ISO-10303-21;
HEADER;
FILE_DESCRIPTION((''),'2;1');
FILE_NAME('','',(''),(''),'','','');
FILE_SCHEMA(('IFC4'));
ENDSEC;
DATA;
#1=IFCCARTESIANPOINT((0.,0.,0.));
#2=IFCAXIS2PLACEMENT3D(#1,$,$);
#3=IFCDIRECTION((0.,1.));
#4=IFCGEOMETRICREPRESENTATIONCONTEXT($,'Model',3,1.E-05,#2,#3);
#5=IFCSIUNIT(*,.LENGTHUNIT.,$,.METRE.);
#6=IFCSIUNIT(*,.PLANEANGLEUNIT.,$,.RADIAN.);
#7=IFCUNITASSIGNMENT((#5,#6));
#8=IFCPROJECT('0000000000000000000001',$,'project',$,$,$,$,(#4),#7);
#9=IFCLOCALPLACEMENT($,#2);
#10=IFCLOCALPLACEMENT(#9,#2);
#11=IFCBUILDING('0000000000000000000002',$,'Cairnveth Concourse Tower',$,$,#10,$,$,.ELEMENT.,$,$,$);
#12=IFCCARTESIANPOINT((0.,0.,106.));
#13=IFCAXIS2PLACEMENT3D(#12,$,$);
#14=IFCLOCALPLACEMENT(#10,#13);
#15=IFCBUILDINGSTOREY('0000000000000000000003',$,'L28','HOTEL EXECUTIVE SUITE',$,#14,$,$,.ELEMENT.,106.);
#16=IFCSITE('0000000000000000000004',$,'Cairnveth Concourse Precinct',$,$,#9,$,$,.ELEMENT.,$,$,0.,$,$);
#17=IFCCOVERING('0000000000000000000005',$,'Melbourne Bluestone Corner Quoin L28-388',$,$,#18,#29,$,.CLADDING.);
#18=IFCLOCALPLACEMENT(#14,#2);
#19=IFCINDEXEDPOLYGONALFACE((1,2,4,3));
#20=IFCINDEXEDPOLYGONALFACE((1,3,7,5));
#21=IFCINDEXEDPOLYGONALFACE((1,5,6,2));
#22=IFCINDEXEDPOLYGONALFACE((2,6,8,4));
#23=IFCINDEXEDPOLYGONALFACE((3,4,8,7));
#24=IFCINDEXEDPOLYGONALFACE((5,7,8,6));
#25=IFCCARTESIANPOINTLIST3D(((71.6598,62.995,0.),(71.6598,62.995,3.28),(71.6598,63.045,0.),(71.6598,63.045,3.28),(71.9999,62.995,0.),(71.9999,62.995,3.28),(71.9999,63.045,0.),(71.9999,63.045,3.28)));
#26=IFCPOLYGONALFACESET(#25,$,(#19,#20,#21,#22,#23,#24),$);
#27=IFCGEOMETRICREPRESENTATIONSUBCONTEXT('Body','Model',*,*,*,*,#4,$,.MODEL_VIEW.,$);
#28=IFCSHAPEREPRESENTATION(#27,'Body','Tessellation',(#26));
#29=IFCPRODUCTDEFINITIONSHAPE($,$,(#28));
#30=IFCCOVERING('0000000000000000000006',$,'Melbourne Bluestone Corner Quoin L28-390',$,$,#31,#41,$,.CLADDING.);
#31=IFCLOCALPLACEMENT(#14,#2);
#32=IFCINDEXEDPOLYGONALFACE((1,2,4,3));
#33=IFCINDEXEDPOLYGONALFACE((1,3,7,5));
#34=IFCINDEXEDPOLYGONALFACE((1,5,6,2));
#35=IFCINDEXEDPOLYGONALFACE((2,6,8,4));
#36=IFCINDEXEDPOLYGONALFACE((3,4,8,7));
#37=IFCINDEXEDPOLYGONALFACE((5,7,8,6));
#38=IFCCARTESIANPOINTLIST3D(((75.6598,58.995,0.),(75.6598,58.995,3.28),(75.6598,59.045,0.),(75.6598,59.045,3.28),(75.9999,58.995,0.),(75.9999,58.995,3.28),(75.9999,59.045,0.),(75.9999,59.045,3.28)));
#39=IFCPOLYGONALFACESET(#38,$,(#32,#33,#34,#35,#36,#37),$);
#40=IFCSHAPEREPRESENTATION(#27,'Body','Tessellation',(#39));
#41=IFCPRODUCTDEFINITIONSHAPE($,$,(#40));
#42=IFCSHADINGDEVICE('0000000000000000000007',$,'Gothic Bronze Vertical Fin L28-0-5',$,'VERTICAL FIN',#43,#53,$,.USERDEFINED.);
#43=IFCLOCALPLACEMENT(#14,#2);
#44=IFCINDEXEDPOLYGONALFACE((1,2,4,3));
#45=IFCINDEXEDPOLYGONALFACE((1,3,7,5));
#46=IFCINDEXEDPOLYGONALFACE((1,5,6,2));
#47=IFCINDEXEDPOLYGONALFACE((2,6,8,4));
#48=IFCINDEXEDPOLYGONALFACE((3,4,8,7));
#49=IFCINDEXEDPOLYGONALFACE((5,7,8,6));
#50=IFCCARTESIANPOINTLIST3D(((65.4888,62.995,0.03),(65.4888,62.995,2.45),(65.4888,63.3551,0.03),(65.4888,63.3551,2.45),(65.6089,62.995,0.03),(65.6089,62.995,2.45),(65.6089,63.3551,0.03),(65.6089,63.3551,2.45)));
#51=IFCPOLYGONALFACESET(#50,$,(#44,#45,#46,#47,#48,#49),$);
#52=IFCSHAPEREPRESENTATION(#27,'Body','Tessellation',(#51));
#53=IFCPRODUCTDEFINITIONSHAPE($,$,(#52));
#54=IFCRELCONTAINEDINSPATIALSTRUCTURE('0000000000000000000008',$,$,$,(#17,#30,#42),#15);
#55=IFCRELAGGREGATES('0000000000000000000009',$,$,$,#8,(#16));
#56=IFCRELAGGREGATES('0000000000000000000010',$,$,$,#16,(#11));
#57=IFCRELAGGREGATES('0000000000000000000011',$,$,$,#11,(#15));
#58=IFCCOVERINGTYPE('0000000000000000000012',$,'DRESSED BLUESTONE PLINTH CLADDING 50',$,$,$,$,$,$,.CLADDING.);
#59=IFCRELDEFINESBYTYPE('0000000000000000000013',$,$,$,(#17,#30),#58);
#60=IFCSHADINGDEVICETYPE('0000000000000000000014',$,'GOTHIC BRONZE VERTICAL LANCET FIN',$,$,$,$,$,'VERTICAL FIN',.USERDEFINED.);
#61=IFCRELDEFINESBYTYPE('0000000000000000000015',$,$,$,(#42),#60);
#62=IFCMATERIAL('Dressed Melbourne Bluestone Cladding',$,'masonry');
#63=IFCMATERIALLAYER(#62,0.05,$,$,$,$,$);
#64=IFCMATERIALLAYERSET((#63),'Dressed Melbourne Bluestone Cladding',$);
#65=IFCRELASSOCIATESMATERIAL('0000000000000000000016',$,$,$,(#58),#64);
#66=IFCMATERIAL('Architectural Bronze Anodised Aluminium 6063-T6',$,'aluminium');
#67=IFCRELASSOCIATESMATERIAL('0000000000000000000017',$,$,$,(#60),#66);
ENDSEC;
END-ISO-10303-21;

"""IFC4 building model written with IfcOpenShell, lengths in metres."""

from ifc_helpers import new_model, si_unit, direction, frame, frame_2d, origin, origin_2d, place, context, subcontext, project, spatial, rectangle, extrude, material, layer, layer_set, type_object, element, save


model = new_model("IFC4")

# Units and contexts
model_context = context("Model", 3, precision=1e-05, world=origin(), true_north=direction((0.0, 1.0)))
body_context = subcontext(model_context, "Body", "Model", "MODEL_VIEW")
ifc_project = project(units=[si_unit("LENGTHUNIT", "METRE"), si_unit("PLANEANGLEUNIT", "RADIAN")], contexts=[model_context])

# Site, building, storey
site_placement = place(None, origin())
site = spatial("IfcSite", under=ifc_project, at=site_placement, Name="Cairnveth Concourse Precinct", CompositionType="ELEMENT", RefElevation=0.0)
building_placement = place(site_placement, origin())
building = spatial("IfcBuilding", under=site, at=building_placement, Name="Cairnveth Concourse Tower", CompositionType="ELEMENT")
storey_placement = place(building_placement, frame((0.0, 0.0, 106.0)))
storey = spatial("IfcBuildingStorey", under=building, at=storey_placement, Name="L28", Description="HOTEL EXECUTIVE SUITE", CompositionType="ELEMENT", Elevation=106.0)

# Coverings
ifc_material_1 = material(Name="Dressed Melbourne Bluestone Cladding", Category="masonry")
ifc_layer_1 = layer(ifc_material_1, 0.05)
ifc_layer_set_1 = layer_set([ifc_layer_1], Name="Dressed Melbourne Bluestone Cladding")
covering_type = type_object("IfcCoveringType", Name="DRESSED BLUESTONE PLINTH CLADDING 50", PredefinedType="CLADDING", material=ifc_layer_set_1)
for number, where, z_axis, x_axis, name in (
    (1, (71.6599, 63.02, 0.0), (0.0, 0.0, 1.0), (1.0, 0.0, 0.0), "Melbourne Bluestone Corner Quoin L28-388"),
    (2, (75.6599, 59.02, 0.0), (0.0, 0.0, 1.0), (1.0, 0.0, 0.0), "Melbourne Bluestone Corner Quoin L28-390"),
):
    element("IfcCovering", number, at=place(storey_placement, frame(where, z_axis=z_axis, x_axis=x_axis)), inside=storey, type_object=covering_type, Name=name, PredefinedType="CLADDING", context=body_context, shape_type="SweptSolid", body=[
        extrude(rectangle(XDim=0.3401, YDim=0.05, at=frame_2d((0.1699, 0.0))), origin(), (0.0, 0.0, 1.0), 3.28),
    ])

# Shading device
ifc_material_2 = material(Name="Architectural Bronze Anodised Aluminium 6063-T6", Category="aluminium")
shading_device_type = type_object("IfcShadingDeviceType", Name="GOTHIC BRONZE VERTICAL LANCET FIN", ElementType="VERTICAL FIN", PredefinedType="USERDEFINED", material=ifc_material_2)
shading_device_placement = place(storey_placement, frame((65.5488, 63.175, 0.03), z_axis=(0.0, 0.0, 1.0), x_axis=(1.0, 0.0, 0.0)))
element("IfcShadingDevice", 3, at=shading_device_placement, inside=storey, type_object=shading_device_type, Name="Gothic Bronze Vertical Fin L28-0-5", ObjectType="VERTICAL FIN", PredefinedType="USERDEFINED", context=body_context, shape_type="SweptSolid", body=[
    extrude(rectangle(XDim=0.1201, YDim=0.3601, at=origin_2d()), origin(), (0.0, 0.0, 1.0), 2.4199),
])

save(model, "model.ifc")
